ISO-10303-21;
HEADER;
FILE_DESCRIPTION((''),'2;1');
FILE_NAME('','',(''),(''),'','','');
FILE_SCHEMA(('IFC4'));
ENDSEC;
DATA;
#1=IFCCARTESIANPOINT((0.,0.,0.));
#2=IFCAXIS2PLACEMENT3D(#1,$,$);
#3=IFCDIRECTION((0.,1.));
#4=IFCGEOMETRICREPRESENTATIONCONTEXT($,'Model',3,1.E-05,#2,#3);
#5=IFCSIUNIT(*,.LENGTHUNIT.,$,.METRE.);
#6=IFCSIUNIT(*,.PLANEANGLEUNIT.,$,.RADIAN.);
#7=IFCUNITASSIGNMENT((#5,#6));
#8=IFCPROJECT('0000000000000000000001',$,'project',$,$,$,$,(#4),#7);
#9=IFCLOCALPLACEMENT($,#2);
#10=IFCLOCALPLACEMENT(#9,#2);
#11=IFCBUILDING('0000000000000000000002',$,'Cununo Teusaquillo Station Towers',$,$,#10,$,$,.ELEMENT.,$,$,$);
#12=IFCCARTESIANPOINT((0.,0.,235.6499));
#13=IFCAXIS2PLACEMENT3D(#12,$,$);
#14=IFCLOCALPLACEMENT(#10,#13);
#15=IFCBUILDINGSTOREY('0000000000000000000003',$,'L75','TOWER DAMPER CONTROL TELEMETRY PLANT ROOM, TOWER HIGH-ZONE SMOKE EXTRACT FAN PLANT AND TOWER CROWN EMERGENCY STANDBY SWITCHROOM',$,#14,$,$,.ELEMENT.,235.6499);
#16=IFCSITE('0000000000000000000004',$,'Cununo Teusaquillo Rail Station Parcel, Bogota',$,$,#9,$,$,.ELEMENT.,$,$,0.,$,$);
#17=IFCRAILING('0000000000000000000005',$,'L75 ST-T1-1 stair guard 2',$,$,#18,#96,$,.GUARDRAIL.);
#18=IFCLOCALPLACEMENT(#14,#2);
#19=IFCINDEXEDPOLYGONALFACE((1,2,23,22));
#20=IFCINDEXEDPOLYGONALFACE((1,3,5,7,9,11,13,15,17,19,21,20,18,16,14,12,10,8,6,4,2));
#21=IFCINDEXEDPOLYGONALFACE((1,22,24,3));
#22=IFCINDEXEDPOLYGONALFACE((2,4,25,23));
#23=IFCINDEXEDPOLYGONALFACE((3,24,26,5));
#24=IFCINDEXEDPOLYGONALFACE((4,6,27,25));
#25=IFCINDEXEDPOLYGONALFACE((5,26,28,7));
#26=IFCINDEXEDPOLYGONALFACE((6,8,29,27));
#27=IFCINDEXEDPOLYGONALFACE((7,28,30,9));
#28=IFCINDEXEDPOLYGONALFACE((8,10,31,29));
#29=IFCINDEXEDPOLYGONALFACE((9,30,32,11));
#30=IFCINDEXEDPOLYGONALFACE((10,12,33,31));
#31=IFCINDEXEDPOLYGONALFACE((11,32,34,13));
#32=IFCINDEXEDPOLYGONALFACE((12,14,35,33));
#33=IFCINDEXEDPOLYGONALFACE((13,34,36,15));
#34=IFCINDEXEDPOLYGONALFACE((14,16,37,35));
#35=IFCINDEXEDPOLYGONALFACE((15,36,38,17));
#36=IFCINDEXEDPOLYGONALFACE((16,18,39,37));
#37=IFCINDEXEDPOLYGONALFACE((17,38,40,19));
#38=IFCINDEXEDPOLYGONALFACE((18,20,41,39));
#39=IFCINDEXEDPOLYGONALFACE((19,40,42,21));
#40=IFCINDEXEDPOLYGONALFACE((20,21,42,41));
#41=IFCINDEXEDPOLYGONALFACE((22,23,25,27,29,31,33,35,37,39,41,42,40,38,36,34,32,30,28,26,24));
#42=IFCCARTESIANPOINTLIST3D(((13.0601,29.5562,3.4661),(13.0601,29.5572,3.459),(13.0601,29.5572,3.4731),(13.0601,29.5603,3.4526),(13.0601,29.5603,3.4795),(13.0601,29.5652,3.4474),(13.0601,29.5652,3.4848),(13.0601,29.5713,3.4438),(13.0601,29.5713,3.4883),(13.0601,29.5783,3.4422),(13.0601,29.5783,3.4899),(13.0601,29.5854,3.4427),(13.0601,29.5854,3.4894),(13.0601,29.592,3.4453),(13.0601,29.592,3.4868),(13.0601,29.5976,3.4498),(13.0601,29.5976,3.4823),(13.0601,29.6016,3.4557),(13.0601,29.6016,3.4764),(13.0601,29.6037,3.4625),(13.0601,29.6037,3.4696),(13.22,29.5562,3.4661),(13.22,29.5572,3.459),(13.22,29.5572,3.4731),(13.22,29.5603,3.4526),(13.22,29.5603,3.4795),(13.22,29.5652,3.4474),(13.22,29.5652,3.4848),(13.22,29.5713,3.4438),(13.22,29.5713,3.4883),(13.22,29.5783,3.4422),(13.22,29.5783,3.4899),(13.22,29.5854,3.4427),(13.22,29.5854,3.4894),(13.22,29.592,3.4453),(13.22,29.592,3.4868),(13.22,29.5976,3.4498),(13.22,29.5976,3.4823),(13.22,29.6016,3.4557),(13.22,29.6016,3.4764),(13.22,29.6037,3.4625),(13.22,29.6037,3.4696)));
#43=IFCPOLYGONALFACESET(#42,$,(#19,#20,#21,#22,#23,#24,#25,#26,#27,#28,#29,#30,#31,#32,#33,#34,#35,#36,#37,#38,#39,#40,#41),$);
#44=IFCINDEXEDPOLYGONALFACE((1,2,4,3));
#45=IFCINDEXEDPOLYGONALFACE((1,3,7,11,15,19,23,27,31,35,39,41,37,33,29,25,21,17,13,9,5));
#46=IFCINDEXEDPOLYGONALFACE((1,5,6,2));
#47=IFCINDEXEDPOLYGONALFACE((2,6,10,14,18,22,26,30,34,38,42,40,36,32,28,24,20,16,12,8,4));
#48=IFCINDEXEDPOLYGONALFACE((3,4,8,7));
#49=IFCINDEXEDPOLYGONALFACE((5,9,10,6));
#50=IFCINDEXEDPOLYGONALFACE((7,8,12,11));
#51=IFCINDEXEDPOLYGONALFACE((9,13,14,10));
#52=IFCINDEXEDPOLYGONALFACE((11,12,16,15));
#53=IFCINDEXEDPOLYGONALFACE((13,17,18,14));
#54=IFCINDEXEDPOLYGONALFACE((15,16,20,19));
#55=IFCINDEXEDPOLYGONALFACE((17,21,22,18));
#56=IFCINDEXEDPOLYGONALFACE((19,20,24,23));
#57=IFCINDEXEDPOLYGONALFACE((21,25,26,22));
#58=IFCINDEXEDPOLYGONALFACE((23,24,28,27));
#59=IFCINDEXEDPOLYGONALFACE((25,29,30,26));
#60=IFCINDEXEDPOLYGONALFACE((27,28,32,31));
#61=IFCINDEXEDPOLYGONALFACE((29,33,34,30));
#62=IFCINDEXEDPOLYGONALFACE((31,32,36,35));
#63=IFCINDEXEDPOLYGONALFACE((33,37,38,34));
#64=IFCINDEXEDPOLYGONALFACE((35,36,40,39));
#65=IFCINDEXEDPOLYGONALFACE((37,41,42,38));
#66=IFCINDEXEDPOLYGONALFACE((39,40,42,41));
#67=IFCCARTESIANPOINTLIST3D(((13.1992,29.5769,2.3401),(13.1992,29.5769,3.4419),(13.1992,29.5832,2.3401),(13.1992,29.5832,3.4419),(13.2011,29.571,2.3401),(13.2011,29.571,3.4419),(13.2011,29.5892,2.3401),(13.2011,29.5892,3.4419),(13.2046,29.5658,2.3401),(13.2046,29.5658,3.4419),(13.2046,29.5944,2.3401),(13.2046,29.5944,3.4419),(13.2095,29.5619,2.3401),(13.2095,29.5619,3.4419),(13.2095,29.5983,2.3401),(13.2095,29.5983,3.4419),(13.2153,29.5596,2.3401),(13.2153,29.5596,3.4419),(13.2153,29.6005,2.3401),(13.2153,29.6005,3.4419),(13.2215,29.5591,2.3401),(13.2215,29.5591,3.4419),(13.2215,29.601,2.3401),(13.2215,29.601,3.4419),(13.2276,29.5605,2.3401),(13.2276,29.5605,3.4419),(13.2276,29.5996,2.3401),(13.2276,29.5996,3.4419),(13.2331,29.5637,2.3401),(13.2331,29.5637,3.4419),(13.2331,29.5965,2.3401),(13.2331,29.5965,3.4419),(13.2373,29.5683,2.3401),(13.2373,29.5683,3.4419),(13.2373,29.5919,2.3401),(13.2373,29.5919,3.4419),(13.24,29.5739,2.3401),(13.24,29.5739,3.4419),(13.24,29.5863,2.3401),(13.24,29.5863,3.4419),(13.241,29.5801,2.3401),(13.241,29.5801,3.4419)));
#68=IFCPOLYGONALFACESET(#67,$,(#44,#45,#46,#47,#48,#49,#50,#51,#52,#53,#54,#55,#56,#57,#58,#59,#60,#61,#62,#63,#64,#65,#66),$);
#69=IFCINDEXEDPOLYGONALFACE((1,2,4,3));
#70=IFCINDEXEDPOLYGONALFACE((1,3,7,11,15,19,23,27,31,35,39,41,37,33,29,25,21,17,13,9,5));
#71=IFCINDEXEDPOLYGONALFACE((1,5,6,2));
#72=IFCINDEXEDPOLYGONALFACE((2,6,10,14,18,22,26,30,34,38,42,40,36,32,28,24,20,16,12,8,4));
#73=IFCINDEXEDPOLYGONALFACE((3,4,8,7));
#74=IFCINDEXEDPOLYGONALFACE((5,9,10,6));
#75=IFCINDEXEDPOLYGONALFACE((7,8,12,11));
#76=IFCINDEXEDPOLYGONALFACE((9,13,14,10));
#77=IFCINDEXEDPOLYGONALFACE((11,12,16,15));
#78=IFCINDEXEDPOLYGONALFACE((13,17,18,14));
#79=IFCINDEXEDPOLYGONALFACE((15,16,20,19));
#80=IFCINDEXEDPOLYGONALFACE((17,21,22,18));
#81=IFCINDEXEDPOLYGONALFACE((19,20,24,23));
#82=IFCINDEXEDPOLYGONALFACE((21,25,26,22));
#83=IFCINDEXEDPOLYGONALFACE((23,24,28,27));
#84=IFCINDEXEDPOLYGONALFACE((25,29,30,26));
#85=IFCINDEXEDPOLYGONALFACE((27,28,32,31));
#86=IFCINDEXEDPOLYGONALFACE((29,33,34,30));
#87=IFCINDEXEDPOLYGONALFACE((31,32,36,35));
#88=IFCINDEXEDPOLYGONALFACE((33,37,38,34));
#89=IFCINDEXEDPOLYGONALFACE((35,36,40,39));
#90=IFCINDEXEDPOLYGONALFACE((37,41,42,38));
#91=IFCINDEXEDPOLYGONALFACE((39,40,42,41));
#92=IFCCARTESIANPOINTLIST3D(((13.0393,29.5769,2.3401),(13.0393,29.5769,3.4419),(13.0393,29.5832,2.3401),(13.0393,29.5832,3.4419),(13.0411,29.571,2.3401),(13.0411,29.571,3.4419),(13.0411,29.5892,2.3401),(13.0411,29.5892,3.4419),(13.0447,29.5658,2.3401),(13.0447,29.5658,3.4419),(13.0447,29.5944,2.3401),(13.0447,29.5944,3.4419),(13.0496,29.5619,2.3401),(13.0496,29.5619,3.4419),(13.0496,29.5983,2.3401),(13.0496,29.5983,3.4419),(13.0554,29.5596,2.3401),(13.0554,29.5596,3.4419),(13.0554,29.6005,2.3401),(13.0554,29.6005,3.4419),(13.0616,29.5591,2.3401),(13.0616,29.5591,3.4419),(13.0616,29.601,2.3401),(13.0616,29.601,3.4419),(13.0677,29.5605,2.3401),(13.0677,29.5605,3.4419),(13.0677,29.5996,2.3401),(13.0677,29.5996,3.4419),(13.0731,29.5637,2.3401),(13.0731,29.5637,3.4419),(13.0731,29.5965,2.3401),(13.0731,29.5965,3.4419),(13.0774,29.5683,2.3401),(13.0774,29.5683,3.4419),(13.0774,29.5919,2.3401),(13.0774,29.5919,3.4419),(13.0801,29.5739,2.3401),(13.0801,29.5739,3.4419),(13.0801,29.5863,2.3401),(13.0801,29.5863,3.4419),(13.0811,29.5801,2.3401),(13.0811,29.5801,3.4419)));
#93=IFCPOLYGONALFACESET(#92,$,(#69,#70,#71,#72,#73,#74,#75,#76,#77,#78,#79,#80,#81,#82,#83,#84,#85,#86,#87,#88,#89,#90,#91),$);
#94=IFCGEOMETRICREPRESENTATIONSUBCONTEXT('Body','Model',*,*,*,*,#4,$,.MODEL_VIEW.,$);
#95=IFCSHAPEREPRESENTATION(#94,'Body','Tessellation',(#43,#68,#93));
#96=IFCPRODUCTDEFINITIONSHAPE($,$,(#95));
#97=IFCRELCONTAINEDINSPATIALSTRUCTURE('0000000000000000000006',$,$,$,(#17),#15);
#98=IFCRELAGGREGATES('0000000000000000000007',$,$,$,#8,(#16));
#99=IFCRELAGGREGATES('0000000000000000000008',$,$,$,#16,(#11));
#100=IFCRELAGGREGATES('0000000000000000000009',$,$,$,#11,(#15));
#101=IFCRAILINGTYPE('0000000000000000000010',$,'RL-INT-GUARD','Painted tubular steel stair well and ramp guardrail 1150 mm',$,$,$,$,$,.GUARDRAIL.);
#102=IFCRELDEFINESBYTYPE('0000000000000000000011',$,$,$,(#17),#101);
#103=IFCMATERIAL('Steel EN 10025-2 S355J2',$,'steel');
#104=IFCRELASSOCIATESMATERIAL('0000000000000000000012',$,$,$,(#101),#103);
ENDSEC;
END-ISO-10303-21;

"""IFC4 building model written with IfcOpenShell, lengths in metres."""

from ifc_helpers import new_model, si_unit, direction, frame, origin, origin_2d, place, context, subcontext, project, spatial, circle, extrude, material, type_object, element, save


model = new_model("IFC4")

# Units and contexts
model_context = context("Model", 3, precision=1e-05, world=origin(), true_north=direction((0.0, 1.0)))
body_context = subcontext(model_context, "Body", "Model", "MODEL_VIEW")
ifc_project = project(units=[si_unit("LENGTHUNIT", "METRE"), si_unit("PLANEANGLEUNIT", "RADIAN")], contexts=[model_context])

# Site, building, storey
site_placement = place(None, origin())
site = spatial("IfcSite", under=ifc_project, at=site_placement, Name="Cununo Teusaquillo Rail Station Parcel, Bogota", CompositionType="ELEMENT", RefElevation=0.0)
building_placement = place(site_placement, origin())
building = spatial("IfcBuilding", under=site, at=building_placement, Name="Cununo Teusaquillo Station Towers", CompositionType="ELEMENT")
storey_placement = place(building_placement, frame((0.0, 0.0, 235.6499)))
storey = spatial("IfcBuildingStorey", under=building, at=storey_placement, Name="L75", Description="TOWER DAMPER CONTROL TELEMETRY PLANT ROOM, TOWER HIGH-ZONE SMOKE EXTRACT FAN PLANT AND TOWER CROWN EMERGENCY STANDBY SWITCHROOM", CompositionType="ELEMENT", Elevation=235.6499)

# Railing
ifc_material_1 = material(Name="Steel EN 10025-2 S355J2", Category="steel")
railing_type_1 = type_object("IfcRailingType", Name="RL-INT-GUARD", Description="Painted tubular steel stair well and ramp guardrail 1150 mm", PredefinedType="GUARDRAIL", material=ifc_material_1)
railing_1_placement = place(storey_placement, frame((13.22, 29.5801, 2.3401)))
element("IfcRailing", 1, at=railing_1_placement, inside=storey, type_object=railing_type_1, Name="L75 ST-T1-1 stair guard 2", PredefinedType="GUARDRAIL", context=body_context, shape_type="SweptSolid", body=[
    extrude(circle(Radius=0.0239, at=origin_2d()), frame((0.0, 0.0, 1.126), z_axis=(-1.0, 0.0, 0.0), x_axis=(0.0, -1.0, 0.0)), (0.0, 0.0, 1.0), 0.1599),
    extrude(circle(Radius=0.021, at=origin_2d()), origin(), (0.0, 0.0, 1.0), 1.1018),
    extrude(circle(Radius=0.021, at=origin_2d()), frame((-0.1599, 0.0, 0.0)), (0.0, 0.0, 1.0), 1.1018),
])

save(model, "model.ifc")
